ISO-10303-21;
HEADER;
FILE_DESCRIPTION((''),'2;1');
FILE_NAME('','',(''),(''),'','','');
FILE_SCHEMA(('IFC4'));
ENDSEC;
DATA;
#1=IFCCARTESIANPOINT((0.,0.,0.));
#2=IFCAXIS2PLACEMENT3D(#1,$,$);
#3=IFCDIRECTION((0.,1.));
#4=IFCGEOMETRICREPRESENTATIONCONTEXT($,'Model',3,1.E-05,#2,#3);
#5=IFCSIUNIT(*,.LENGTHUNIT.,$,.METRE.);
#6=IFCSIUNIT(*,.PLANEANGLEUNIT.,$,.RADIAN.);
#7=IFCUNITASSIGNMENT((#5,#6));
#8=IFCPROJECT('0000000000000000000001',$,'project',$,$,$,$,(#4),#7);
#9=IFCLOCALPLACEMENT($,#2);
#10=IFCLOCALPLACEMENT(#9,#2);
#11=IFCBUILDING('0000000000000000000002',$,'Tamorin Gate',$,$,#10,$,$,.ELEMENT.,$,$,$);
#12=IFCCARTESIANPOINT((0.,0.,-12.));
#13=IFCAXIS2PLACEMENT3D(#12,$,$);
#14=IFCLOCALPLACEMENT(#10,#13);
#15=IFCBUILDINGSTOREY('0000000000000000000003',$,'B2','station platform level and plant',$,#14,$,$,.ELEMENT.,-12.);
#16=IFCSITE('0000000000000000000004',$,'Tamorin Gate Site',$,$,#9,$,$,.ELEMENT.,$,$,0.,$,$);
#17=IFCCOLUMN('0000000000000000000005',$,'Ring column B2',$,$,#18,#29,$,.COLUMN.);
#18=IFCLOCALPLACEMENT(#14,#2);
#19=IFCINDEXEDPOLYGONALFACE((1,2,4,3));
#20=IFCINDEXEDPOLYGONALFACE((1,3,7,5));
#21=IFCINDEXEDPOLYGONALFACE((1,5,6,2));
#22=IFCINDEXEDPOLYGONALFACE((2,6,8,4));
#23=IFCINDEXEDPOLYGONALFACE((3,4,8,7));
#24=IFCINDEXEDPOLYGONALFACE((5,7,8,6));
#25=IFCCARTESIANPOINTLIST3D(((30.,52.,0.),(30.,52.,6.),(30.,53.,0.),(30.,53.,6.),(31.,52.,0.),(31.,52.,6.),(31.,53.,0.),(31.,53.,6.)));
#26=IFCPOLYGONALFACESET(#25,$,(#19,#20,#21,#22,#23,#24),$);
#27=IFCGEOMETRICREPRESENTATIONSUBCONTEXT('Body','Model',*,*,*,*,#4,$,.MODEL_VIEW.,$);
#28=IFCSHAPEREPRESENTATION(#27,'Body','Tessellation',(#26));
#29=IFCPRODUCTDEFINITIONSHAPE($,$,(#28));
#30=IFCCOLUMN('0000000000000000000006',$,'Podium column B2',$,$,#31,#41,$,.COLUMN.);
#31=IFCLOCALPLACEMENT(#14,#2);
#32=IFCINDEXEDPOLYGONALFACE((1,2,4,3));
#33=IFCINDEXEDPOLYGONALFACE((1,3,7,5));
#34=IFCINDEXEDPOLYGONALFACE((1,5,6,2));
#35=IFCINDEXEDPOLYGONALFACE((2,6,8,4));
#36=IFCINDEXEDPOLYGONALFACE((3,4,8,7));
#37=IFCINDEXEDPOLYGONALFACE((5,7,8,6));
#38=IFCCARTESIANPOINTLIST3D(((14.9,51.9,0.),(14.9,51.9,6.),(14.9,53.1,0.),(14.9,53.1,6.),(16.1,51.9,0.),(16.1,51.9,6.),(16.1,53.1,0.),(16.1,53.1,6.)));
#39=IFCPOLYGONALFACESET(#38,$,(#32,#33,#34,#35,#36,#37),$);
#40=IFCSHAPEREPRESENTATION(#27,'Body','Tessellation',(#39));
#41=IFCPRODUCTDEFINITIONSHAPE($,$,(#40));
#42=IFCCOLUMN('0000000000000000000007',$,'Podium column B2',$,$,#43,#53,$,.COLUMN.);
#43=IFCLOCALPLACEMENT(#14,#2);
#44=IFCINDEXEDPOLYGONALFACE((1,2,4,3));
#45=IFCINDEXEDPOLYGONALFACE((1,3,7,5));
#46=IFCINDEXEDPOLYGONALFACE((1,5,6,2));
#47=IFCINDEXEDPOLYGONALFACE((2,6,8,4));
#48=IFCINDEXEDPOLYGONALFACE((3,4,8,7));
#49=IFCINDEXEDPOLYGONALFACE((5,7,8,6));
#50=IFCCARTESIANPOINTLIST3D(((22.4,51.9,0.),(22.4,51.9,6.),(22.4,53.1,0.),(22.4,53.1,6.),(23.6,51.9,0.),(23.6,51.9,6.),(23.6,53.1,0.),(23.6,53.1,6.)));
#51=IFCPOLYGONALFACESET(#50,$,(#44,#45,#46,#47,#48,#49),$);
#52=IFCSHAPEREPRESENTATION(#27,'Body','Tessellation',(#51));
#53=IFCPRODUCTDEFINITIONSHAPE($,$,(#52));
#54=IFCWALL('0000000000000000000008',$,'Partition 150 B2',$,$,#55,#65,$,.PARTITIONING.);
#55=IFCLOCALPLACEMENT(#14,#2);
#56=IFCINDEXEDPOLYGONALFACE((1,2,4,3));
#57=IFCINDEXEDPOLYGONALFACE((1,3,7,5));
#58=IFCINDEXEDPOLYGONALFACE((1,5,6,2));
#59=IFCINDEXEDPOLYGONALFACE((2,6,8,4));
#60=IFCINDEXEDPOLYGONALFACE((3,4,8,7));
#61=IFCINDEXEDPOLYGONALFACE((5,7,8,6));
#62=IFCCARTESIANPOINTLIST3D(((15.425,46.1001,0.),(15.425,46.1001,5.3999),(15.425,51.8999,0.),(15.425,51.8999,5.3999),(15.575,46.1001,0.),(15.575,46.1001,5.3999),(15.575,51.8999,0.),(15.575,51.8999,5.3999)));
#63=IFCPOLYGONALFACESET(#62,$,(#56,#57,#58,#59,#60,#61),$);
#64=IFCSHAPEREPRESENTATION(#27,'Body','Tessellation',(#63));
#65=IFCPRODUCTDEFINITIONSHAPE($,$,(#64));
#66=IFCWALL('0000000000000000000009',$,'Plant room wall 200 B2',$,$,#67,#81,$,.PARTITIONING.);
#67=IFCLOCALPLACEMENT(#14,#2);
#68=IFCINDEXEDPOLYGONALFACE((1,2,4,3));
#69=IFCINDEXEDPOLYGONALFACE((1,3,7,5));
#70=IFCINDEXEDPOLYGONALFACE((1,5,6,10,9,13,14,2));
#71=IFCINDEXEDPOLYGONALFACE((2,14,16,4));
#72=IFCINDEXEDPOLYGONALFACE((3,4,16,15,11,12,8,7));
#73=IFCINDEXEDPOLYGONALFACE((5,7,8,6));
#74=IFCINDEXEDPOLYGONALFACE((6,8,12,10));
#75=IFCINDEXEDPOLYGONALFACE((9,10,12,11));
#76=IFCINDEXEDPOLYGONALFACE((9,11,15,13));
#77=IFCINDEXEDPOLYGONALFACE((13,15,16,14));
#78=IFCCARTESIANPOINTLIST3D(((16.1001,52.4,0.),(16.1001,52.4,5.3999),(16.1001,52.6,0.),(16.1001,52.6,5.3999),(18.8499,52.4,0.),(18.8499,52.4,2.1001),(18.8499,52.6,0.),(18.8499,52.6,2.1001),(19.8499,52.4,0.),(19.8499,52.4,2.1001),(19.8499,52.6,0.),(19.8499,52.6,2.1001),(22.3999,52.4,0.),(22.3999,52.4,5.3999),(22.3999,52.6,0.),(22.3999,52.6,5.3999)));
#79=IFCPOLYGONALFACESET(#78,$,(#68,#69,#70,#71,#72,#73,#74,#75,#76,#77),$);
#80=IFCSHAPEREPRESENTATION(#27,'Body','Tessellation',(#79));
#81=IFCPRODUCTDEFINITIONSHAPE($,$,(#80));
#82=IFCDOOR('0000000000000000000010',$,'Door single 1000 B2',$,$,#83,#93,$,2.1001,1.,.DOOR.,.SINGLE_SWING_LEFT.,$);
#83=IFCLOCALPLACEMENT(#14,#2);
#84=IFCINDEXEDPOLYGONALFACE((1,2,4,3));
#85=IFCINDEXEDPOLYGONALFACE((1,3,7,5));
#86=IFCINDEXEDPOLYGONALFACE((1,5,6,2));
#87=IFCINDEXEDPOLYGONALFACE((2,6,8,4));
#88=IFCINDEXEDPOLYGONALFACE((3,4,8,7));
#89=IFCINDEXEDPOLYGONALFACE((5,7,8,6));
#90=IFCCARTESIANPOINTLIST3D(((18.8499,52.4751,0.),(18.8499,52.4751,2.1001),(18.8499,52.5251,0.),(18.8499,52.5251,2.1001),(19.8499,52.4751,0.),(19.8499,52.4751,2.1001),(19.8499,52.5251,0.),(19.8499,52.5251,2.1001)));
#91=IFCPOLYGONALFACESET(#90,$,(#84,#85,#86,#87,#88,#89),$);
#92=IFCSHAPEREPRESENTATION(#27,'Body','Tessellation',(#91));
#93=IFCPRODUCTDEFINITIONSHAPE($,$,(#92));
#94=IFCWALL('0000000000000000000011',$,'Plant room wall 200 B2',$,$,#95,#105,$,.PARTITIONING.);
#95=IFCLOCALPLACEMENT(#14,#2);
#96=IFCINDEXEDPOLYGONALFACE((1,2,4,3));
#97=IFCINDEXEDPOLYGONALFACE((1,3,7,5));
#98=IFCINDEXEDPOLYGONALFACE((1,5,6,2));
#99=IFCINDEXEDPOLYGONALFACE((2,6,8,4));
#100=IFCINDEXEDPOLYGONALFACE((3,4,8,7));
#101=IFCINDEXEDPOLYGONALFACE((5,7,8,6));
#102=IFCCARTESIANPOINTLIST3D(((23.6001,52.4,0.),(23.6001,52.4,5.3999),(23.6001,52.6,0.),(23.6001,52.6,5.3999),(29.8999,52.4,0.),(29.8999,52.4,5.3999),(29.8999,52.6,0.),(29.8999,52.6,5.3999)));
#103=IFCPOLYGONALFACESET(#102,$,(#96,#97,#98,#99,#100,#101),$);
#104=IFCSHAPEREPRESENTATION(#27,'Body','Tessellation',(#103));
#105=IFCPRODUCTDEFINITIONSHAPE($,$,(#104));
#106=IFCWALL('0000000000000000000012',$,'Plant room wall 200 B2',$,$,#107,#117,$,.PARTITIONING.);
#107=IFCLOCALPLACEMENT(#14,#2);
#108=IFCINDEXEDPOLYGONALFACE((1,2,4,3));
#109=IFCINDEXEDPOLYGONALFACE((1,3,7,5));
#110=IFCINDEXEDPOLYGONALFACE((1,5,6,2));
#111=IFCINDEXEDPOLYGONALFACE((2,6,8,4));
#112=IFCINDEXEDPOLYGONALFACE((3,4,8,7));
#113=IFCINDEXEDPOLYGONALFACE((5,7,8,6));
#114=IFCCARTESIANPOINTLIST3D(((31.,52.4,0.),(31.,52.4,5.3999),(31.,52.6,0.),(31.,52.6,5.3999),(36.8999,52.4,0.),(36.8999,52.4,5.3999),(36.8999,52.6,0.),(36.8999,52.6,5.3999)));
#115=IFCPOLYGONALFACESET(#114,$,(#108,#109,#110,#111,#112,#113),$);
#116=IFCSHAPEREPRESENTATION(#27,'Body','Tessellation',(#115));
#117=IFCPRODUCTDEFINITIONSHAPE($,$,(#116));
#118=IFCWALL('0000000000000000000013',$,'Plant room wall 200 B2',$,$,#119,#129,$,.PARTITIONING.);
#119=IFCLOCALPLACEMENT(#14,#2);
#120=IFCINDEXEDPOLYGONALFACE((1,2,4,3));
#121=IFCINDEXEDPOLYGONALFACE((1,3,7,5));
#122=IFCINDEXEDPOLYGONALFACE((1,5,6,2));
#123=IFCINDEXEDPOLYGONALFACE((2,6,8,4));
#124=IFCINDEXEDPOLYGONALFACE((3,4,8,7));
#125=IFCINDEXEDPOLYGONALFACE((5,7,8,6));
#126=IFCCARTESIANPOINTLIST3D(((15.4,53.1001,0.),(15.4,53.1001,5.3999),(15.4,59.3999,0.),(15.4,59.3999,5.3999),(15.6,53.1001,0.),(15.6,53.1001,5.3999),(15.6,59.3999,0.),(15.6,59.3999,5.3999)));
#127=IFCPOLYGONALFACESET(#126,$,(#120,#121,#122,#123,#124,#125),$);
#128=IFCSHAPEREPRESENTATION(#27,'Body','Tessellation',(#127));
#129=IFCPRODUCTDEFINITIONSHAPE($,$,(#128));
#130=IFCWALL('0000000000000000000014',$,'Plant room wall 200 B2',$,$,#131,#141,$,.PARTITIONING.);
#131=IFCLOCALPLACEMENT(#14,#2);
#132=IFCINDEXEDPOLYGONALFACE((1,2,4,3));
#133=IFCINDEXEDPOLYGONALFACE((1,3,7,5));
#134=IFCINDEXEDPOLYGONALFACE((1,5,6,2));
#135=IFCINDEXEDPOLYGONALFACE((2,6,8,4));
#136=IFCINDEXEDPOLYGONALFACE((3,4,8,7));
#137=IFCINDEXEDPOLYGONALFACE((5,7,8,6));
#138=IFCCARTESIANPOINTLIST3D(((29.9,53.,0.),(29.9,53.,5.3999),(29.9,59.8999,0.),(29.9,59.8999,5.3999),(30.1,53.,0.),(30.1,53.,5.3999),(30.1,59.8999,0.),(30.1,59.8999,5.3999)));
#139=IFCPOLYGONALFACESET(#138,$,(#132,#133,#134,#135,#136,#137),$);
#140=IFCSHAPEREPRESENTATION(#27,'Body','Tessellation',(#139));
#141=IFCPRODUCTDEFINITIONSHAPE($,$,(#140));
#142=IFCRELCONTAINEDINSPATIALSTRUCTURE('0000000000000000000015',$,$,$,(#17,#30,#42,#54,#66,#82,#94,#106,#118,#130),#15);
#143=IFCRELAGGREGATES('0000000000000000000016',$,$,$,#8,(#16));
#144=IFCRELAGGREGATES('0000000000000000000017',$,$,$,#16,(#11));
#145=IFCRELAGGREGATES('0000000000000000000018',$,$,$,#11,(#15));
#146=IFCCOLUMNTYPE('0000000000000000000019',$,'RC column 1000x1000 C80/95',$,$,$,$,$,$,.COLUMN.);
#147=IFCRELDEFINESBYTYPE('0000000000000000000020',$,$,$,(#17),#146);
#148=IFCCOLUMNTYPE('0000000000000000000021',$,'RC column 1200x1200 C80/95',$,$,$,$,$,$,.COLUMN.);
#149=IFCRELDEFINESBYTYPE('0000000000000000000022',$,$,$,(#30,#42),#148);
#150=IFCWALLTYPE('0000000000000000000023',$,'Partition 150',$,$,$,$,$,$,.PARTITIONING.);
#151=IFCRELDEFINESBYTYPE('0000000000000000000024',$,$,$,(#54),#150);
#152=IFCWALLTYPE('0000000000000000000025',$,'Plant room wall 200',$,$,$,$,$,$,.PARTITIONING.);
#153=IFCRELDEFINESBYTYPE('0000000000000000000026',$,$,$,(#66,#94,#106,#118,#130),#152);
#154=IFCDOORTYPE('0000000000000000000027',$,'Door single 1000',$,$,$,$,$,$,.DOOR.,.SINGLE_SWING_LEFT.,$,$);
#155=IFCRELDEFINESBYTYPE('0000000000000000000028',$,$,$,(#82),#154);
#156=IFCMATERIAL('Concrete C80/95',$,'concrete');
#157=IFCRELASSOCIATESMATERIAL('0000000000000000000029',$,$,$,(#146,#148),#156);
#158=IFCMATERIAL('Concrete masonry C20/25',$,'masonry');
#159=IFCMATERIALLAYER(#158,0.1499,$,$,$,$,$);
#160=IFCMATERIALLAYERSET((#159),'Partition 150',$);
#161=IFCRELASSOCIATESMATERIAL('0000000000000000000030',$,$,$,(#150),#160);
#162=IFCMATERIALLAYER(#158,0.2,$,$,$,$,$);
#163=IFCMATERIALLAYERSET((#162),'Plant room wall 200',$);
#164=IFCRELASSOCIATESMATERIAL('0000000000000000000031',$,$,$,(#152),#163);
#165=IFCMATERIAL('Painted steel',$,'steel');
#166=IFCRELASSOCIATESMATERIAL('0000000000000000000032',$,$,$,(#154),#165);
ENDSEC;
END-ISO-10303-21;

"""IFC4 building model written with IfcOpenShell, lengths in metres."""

from ifc_helpers import new_model, si_unit, direction, frame, frame_2d, origin, origin_2d, place, context, subcontext, project, spatial, rectangle, extrude, material, layer, layer_set, material_profile, profile_set, type_object, element, fill, save


model = new_model("IFC4")

# Units and contexts
model_context = context("Model", 3, precision=1e-05, world=origin(), true_north=direction((0.0, 1.0)))
body_context = subcontext(model_context, "Body", "Model", "MODEL_VIEW")
ifc_project = project(units=[si_unit("LENGTHUNIT", "METRE"), si_unit("PLANEANGLEUNIT", "RADIAN")], contexts=[model_context])

# Site, building, storey
site_placement = place(None, origin())
site = spatial("IfcSite", under=ifc_project, at=site_placement, Name="Tamorin Gate Site", CompositionType="ELEMENT", RefElevation=0.0)
building_placement = place(site_placement, origin())
building = spatial("IfcBuilding", under=site, at=building_placement, Name="Tamorin Gate", CompositionType="ELEMENT")
storey_placement = place(building_placement, frame((0.0, 0.0, -12.0)))
storey = spatial("IfcBuildingStorey", under=building, at=storey_placement, Name="B2", Description="station platform level and plant", CompositionType="ELEMENT", Elevation=-12.0)

# Columns
ifc_material_1 = material(Name="Concrete C80/95", Category="concrete")
ifc_material_profile_1 = material_profile(ifc_material_1, rectangle(XDim=1.0, YDim=1.0, at=origin_2d()), Name="RC 1000x1000")
ifc_profile_set_1 = profile_set([ifc_material_profile_1], Name="Concrete C80/95")
column_type_1 = type_object("IfcColumnType", Name="RC column 1000x1000 C80/95", PredefinedType="COLUMN", material=ifc_profile_set_1)
column_placement = place(storey_placement, frame((30.5, 52.5, 0.0), z_axis=(0.0, 0.0, 1.0), x_axis=(1.0, 0.0, 0.0)))
element("IfcColumn", 1, at=column_placement, inside=storey, type_object=column_type_1, Name="Ring column B2", PredefinedType="COLUMN", context=body_context, shape_type="SweptSolid", body=[
    extrude(rectangle(XDim=1.0, YDim=1.0, at=origin_2d()), origin(), (0.0, 0.0, 1.0), 6.0),
])
ifc_material_profile_2 = material_profile(ifc_material_1, rectangle(XDim=1.2, YDim=1.2, at=origin_2d()), Name="RC 1200x1200")
ifc_profile_set_2 = profile_set([ifc_material_profile_2], Name="Concrete C80/95")
column_type_2 = type_object("IfcColumnType", Name="RC column 1200x1200 C80/95", PredefinedType="COLUMN", material=ifc_profile_set_2)
for number, where, z_axis, x_axis, name in (
    (2, (15.5, 52.5, 0.0), (0.0, 0.0, 1.0), (1.0, 0.0, 0.0), "Podium column B2"),
    (3, (23.0, 52.5, 0.0), (0.0, 0.0, 1.0), (1.0, 0.0, 0.0), "Podium column B2"),
):
    element("IfcColumn", number, at=place(storey_placement, frame(where, z_axis=z_axis, x_axis=x_axis)), inside=storey, type_object=column_type_2, Name=name, PredefinedType="COLUMN", context=body_context, shape_type="SweptSolid", body=[
        extrude(rectangle(XDim=1.2, YDim=1.2, at=origin_2d()), origin(), (0.0, 0.0, 1.0), 6.0),
    ])

# Wall
ifc_material_2 = material(Name="Concrete masonry C20/25", Category="masonry")
ifc_layer_1 = layer(ifc_material_2, 0.1499)
ifc_layer_set_1 = layer_set([ifc_layer_1], Name="Partition 150")
wall_type_1 = type_object("IfcWallType", Name="Partition 150", PredefinedType="PARTITIONING", material=ifc_layer_set_1)
wall_1_placement = place(storey_placement, frame((15.5, 46.1001, 0.0), z_axis=(0.0, 0.0, 1.0), x_axis=(0.0, 1.0, 0.0)))
element("IfcWall", 4, at=wall_1_placement, inside=storey, type_object=wall_type_1, Name="Partition 150 B2", PredefinedType="PARTITIONING", context=body_context, shape_type="SweptSolid", body=[
    extrude(rectangle(XDim=5.7998, YDim=0.1499, at=frame_2d((2.8999, 0.0))), origin(), (0.0, 0.0, 1.0), 5.3999),
])

# Wall, opening, door
ifc_layer_2 = layer(ifc_material_2, 0.2)
ifc_layer_set_2 = layer_set([ifc_layer_2], Name="Plant room wall 200")
wall_type_2 = type_object("IfcWallType", Name="Plant room wall 200", PredefinedType="PARTITIONING", material=ifc_layer_set_2)
wall_2_placement = place(storey_placement, frame((22.3999, 52.5, 0.0), z_axis=(0.0, 0.0, 1.0), x_axis=(-1.0, 0.0, 0.0)))
wall_2 = element("IfcWall", 5, at=wall_2_placement, inside=storey, type_object=wall_type_2, Name="Plant room wall 200 B2", PredefinedType="PARTITIONING", context=body_context, shape_type="SweptSolid", body=[
    extrude(rectangle(XDim=6.2998, YDim=0.2, at=frame_2d((3.1499, 0.0))), origin(), (0.0, 0.0, 1.0), 5.3999),
])
opening_placement = place(wall_2_placement, frame((2.55, 0.0, 0.0)))
opening = element("IfcOpeningElement", 6, at=opening_placement, cuts=wall_2, PredefinedType="OPENING", context=body_context, shape_type="SweptSolid", body=[
    extrude(rectangle(XDim=1.0, YDim=2.1001, at=frame_2d((0.5, 1.05))), frame((0.0, 0.1099, 0.0), z_axis=(0.0, -1.0, 0.0), x_axis=(1.0, 0.0, 0.0)), (0.0, 0.0, 1.0), 0.22),
])
ifc_material_3 = material(Name="Painted steel", Category="steel")
door_type = type_object("IfcDoorType", Name="Door single 1000", OperationType="SINGLE_SWING_LEFT", PredefinedType="DOOR", material=ifc_material_3)
door_placement = place(opening_placement, origin())
door = element("IfcDoor", 7, at=door_placement, inside=storey, type_object=door_type, Name="Door single 1000 B2", OperationType="SINGLE_SWING_LEFT", OverallHeight=2.1001, OverallWidth=1.0, PredefinedType="DOOR", context=body_context, shape_type="SweptSolid", body=[
    extrude(rectangle(XDim=1.0, YDim=2.1001, at=frame_2d((0.5, 1.05))), frame((0.0, 0.0249, 0.0), z_axis=(0.0, -1.0, 0.0), x_axis=(1.0, 0.0, 0.0)), (0.0, 0.0, 1.0), 0.05),
])
fill(opening, door)

# Walls
wall_3_placement = place(storey_placement, frame((23.6001, 52.5, 0.0), z_axis=(0.0, 0.0, 1.0), x_axis=(1.0, 0.0, 0.0)))
element("IfcWall", 8, at=wall_3_placement, inside=storey, type_object=wall_type_2, Name="Plant room wall 200 B2", PredefinedType="PARTITIONING", context=body_context, shape_type="SweptSolid", body=[
    extrude(rectangle(XDim=6.2998, YDim=0.2, at=frame_2d((3.1499, 0.0))), origin(), (0.0, 0.0, 1.0), 5.3999),
])
wall_4_placement = place(storey_placement, frame((31.0, 52.5, 0.0), z_axis=(0.0, 0.0, 1.0), x_axis=(1.0, 0.0, 0.0)))
element("IfcWall", 9, at=wall_4_placement, inside=storey, type_object=wall_type_2, Name="Plant room wall 200 B2", PredefinedType="PARTITIONING", context=body_context, shape_type="SweptSolid", body=[
    extrude(rectangle(XDim=5.8999, YDim=0.2, at=frame_2d((2.95, 0.0))), origin(), (0.0, 0.0, 1.0), 5.3999),
])
wall_5_placement = place(storey_placement, frame((15.5, 53.1001, 0.0), z_axis=(0.0, 0.0, 1.0), x_axis=(0.0, 1.0, 0.0)))
element("IfcWall", 10, at=wall_5_placement, inside=storey, type_object=wall_type_2, Name="Plant room wall 200 B2", PredefinedType="PARTITIONING", context=body_context, shape_type="SweptSolid", body=[
    extrude(rectangle(XDim=6.2998, YDim=0.2, at=frame_2d((3.1499, 0.0))), origin(), (0.0, 0.0, 1.0), 5.3999),
])
wall_6_placement = place(storey_placement, frame((30.0, 53.0, 0.0), z_axis=(0.0, 0.0, 1.0), x_axis=(0.0, 1.0, 0.0)))
element("IfcWall", 11, at=wall_6_placement, inside=storey, type_object=wall_type_2, Name="Plant room wall 200 B2", PredefinedType="PARTITIONING", context=body_context, shape_type="SweptSolid", body=[
    extrude(rectangle(XDim=6.8999, YDim=0.2, at=frame_2d((3.45, 0.0))), origin(), (0.0, 0.0, 1.0), 5.3999),
])

save(model, "model.ifc")
